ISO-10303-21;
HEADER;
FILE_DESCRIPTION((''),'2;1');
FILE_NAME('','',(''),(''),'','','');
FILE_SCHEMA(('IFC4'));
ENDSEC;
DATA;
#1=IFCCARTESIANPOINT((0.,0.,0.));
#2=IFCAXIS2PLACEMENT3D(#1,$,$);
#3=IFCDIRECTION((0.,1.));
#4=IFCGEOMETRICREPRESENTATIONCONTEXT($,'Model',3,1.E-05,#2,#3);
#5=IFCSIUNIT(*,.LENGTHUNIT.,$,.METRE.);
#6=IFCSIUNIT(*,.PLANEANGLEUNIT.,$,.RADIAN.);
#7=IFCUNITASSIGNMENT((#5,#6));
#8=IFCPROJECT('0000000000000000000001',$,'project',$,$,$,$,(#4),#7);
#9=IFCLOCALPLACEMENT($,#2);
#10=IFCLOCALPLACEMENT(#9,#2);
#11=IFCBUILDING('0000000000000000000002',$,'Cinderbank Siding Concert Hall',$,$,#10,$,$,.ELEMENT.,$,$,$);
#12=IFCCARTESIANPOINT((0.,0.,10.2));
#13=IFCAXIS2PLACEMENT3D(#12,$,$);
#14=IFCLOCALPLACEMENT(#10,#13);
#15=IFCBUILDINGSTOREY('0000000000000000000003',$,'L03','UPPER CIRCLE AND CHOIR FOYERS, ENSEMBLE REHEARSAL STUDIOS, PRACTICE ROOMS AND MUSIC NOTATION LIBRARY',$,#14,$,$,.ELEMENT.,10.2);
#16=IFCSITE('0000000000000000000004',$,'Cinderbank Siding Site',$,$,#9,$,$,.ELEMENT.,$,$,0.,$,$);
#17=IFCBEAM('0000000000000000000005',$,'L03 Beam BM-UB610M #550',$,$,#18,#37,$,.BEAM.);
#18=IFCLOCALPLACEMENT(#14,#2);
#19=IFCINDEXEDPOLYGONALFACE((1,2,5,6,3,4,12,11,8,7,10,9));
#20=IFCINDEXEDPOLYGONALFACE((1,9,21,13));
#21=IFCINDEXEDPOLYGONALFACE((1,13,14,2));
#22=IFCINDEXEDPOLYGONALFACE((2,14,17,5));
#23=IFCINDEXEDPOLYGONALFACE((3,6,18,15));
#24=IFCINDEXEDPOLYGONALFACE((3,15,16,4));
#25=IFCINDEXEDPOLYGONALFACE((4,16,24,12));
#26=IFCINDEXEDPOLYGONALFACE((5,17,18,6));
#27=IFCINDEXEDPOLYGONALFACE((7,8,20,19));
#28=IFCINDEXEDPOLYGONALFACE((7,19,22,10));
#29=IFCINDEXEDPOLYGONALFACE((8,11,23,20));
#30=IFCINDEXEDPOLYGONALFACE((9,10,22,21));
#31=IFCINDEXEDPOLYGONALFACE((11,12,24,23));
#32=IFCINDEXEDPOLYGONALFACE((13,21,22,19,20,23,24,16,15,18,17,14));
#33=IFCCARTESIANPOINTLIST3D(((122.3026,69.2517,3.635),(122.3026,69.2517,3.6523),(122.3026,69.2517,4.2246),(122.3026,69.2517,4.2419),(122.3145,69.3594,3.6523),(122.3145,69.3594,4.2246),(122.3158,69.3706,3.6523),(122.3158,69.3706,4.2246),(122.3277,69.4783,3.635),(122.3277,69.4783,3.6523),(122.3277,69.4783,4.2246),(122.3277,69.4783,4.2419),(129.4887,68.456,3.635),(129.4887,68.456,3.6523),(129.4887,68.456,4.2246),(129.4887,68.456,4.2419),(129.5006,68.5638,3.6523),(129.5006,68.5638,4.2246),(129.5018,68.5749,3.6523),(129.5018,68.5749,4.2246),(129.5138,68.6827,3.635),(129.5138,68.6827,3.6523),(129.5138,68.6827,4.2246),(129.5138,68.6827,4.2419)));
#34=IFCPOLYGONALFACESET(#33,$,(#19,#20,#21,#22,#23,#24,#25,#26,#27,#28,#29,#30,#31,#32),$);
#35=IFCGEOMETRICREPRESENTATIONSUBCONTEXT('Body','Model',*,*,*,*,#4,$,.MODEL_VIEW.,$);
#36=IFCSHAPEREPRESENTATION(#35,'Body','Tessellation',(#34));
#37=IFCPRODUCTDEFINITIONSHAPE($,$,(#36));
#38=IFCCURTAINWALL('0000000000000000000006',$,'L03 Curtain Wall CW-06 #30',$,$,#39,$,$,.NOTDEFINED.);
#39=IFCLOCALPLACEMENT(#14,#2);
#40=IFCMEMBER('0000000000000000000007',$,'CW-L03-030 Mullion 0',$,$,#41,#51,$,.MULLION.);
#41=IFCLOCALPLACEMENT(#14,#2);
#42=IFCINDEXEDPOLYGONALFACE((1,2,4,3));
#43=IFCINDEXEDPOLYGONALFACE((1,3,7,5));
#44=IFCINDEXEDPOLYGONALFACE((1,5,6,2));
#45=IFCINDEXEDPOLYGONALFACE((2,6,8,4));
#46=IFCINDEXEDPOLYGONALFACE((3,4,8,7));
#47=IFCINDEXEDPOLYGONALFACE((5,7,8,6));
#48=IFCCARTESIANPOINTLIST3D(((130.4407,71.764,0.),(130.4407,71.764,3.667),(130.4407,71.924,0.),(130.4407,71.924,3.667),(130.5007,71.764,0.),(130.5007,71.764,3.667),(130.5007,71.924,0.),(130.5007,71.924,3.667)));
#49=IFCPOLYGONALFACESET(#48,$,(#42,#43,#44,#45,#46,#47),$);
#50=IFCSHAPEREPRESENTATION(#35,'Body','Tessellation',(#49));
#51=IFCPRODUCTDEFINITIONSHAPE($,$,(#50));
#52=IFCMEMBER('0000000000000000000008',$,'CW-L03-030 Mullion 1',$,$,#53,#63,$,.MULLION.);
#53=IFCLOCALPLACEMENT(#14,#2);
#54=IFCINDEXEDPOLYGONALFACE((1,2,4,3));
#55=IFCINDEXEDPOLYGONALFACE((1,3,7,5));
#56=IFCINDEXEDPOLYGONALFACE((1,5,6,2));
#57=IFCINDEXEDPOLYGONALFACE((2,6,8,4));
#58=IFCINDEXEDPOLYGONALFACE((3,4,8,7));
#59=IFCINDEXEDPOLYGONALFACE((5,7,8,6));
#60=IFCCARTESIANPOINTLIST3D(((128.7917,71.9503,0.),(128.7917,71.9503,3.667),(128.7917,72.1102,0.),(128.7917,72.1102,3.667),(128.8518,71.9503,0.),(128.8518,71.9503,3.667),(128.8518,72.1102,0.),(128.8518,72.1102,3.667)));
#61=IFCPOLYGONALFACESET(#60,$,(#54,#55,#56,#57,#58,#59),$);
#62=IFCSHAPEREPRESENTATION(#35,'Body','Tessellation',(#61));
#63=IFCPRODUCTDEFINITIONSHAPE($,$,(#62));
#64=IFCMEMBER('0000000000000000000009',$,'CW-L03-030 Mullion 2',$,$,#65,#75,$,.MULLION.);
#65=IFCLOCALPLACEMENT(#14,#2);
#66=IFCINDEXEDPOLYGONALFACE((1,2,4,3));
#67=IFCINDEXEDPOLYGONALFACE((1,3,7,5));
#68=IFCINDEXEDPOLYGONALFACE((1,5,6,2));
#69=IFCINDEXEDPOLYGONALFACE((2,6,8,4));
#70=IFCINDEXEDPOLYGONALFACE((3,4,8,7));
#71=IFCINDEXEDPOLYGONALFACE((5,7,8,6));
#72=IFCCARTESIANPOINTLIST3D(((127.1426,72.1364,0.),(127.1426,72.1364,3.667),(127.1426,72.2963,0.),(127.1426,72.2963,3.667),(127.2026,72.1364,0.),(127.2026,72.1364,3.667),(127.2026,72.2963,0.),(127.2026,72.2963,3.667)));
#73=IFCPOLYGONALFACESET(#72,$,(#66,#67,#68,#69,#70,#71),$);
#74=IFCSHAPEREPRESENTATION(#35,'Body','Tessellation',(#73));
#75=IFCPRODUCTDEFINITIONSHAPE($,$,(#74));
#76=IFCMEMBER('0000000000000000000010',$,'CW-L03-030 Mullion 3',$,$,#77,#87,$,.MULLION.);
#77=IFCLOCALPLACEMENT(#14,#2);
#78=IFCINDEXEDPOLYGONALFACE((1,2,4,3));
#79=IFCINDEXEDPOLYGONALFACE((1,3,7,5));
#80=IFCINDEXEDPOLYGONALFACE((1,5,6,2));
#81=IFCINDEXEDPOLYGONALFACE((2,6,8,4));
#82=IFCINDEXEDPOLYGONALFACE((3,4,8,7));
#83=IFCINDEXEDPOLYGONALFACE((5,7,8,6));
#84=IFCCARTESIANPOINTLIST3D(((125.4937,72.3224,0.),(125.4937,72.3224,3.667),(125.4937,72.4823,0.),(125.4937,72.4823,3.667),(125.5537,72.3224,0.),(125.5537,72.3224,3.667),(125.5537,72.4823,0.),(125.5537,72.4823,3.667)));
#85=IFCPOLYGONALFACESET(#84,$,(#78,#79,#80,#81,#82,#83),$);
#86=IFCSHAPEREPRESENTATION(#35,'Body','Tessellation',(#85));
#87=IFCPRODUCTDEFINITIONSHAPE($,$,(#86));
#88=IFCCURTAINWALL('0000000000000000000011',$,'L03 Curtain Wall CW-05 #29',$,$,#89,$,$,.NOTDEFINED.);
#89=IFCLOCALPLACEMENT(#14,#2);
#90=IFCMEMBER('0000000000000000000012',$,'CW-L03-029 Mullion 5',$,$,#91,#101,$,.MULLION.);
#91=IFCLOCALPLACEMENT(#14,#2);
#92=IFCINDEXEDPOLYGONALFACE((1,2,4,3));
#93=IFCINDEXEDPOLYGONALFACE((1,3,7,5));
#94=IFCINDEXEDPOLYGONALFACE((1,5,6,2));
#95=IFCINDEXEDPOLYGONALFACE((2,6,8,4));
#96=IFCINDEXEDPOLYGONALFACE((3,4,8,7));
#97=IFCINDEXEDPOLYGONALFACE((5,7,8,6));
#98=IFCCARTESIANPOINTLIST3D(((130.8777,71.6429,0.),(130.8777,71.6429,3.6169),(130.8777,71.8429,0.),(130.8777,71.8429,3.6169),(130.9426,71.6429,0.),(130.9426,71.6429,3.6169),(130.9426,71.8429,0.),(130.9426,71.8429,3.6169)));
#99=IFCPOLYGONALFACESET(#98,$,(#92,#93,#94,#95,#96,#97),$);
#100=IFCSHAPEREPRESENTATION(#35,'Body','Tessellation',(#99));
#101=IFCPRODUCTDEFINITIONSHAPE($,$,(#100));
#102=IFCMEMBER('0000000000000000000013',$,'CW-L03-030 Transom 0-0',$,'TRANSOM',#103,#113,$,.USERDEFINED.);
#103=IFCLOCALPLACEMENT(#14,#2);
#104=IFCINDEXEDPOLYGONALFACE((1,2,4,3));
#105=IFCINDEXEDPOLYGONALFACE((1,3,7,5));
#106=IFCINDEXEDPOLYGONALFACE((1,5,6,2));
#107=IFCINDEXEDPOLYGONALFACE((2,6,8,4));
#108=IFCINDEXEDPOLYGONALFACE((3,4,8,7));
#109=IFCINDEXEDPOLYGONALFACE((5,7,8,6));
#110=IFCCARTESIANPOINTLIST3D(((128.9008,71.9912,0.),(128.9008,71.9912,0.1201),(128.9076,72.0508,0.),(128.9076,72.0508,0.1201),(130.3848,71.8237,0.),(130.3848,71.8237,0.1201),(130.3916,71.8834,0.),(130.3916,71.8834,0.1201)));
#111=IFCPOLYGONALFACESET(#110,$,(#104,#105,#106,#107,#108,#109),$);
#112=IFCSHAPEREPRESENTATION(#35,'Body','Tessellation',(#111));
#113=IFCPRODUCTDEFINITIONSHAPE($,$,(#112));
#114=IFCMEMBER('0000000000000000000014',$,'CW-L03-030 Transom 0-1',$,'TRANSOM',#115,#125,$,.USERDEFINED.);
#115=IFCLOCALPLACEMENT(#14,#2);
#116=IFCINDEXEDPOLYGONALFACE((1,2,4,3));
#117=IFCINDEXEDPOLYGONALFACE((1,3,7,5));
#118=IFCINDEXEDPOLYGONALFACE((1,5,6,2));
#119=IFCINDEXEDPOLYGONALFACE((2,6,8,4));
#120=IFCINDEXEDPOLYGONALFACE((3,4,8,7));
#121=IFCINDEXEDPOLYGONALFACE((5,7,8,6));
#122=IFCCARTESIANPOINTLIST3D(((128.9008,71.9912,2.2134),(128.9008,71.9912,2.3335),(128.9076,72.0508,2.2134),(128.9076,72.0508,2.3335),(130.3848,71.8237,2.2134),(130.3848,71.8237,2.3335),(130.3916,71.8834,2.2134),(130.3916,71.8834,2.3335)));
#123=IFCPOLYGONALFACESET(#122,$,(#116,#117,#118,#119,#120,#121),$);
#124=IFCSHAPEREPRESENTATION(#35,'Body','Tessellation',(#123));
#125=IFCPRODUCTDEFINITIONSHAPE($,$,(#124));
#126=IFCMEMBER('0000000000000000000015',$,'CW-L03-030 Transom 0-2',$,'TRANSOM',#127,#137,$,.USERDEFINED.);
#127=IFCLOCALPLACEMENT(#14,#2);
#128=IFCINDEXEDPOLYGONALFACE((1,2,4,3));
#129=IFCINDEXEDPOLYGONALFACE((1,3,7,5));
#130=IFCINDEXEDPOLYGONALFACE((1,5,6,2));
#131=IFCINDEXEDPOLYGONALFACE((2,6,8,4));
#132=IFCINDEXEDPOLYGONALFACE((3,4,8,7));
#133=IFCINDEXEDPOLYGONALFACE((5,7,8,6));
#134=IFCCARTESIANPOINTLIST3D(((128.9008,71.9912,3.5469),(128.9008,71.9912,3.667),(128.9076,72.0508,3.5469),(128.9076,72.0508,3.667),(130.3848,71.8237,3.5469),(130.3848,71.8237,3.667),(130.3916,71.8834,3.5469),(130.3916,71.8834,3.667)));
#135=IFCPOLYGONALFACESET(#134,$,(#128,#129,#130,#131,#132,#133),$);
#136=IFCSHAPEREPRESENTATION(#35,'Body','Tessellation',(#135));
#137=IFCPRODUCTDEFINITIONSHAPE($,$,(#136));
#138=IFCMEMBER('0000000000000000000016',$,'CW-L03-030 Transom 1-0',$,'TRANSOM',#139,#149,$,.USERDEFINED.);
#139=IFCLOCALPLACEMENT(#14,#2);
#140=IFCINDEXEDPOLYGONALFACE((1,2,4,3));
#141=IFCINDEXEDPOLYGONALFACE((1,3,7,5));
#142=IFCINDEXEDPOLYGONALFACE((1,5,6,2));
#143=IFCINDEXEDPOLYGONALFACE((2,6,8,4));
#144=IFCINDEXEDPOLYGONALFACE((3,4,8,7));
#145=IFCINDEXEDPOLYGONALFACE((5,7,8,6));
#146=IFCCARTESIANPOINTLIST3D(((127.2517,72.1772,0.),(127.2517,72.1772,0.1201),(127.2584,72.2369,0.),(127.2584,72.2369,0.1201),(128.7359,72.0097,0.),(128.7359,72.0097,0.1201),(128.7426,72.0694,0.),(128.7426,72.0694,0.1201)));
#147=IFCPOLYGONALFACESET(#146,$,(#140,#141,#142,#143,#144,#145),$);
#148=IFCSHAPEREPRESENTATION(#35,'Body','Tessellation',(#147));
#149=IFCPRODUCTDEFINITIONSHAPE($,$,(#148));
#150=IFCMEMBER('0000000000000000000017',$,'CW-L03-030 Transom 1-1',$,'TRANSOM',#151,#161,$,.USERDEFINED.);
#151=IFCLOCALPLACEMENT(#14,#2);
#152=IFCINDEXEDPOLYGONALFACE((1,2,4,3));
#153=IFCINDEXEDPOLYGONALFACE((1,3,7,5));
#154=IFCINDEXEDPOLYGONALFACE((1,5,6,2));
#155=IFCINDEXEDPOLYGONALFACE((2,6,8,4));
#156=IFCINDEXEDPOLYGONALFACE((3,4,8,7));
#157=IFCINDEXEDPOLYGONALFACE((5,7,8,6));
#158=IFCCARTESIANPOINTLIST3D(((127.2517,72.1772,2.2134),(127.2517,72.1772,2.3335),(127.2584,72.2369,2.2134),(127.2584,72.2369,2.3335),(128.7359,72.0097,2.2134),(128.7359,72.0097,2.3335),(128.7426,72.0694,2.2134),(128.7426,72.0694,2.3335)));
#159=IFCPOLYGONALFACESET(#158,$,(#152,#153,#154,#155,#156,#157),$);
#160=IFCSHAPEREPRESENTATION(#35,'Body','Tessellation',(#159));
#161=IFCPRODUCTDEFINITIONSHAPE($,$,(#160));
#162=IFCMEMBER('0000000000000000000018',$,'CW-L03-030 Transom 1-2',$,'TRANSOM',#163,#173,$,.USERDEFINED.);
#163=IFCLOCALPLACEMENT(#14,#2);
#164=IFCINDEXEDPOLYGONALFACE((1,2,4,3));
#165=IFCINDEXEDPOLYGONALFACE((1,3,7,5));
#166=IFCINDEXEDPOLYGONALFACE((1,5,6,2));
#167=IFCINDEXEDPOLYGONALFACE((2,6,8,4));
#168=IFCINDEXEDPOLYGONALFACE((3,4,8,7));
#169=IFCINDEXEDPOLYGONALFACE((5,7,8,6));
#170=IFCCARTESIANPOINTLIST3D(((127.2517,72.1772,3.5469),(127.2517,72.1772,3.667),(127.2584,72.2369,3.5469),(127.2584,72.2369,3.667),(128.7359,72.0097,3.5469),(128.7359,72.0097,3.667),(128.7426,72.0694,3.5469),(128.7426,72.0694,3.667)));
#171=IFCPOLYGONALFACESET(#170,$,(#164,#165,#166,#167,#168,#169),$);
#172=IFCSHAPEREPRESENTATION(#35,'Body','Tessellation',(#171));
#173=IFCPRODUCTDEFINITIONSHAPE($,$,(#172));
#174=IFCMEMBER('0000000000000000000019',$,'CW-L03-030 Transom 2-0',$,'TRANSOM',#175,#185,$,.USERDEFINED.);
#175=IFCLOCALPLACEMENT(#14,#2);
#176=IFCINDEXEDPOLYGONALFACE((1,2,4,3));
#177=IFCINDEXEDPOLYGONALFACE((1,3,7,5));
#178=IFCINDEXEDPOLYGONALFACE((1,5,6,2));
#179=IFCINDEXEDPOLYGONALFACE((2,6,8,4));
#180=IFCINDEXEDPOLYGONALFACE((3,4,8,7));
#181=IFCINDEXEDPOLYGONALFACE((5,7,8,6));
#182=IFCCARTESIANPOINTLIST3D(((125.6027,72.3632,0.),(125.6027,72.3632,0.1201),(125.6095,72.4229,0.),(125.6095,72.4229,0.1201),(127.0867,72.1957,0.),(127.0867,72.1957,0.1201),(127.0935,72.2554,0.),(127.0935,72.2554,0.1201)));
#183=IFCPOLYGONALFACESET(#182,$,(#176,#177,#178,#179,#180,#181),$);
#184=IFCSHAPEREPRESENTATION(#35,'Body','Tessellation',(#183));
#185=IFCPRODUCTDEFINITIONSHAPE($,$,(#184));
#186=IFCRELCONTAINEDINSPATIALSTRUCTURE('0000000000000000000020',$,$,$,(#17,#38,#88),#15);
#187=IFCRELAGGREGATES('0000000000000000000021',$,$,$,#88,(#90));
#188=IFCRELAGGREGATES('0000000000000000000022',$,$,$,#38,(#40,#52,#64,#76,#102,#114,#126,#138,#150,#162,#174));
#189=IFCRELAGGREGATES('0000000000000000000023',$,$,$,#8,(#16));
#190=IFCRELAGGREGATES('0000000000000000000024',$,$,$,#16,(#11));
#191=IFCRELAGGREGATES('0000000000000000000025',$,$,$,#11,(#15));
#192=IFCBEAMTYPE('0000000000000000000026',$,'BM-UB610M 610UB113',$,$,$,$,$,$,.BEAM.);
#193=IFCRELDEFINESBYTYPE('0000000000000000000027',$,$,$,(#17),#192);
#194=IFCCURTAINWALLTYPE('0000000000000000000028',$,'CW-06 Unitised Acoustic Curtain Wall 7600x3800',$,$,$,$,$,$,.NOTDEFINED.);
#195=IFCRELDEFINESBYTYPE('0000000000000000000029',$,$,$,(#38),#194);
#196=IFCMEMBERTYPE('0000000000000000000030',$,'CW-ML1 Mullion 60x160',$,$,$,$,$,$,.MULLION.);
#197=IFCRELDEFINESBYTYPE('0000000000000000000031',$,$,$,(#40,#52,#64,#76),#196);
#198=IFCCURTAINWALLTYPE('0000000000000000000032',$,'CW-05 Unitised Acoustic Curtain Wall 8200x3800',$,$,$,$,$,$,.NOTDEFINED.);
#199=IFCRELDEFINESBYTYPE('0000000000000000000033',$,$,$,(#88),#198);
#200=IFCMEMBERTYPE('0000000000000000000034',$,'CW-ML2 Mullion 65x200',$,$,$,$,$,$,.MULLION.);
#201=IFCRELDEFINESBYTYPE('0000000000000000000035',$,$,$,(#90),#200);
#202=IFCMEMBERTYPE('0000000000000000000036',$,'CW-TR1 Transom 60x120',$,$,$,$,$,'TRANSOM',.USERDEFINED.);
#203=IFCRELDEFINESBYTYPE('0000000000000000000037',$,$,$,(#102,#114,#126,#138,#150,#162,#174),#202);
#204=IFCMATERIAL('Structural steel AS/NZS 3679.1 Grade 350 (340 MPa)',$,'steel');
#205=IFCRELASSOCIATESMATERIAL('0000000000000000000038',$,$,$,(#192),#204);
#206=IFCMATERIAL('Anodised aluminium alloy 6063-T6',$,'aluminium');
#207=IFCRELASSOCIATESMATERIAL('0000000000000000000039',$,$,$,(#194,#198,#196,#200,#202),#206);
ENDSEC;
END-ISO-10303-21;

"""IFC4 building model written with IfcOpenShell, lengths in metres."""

from ifc_helpers import new_model, si_unit, direction, frame, origin, origin_2d, place, context, subcontext, project, spatial, rectangle, i_section, extrude, material, material_profile, profile_set, type_object, element, aggregate, save


model = new_model("IFC4")

# Units and contexts
model_context = context("Model", 3, precision=1e-05, world=origin(), true_north=direction((0.0, 1.0)))
body_context = subcontext(model_context, "Body", "Model", "MODEL_VIEW")
ifc_project = project(units=[si_unit("LENGTHUNIT", "METRE"), si_unit("PLANEANGLEUNIT", "RADIAN")], contexts=[model_context])

# Site, building, storey
site_placement = place(None, origin())
site = spatial("IfcSite", under=ifc_project, at=site_placement, Name="Cinderbank Siding Site", CompositionType="ELEMENT", RefElevation=0.0)
building_placement = place(site_placement, origin())
building = spatial("IfcBuilding", under=site, at=building_placement, Name="Cinderbank Siding Concert Hall", CompositionType="ELEMENT")
storey_placement = place(building_placement, frame((0.0, 0.0, 10.2)))
storey = spatial("IfcBuildingStorey", under=building, at=storey_placement, Name="L03", Description="UPPER CIRCLE AND CHOIR FOYERS, ENSEMBLE REHEARSAL STUDIOS, PRACTICE ROOMS AND MUSIC NOTATION LIBRARY", CompositionType="ELEMENT", Elevation=10.2)

# Beam
ifc_material_1 = material(Name="Structural steel AS/NZS 3679.1 Grade 350 (340 MPa)", Category="steel")
ifc_material_profile_1 = material_profile(ifc_material_1, i_section(OverallWidth=0.228, OverallDepth=0.6069, WebThickness=0.0112, FlangeThickness=0.0173, at=origin_2d()), Name="610UB113", Category="LoadBearing")
ifc_profile_set_1 = profile_set([ifc_material_profile_1], Name="Structural steel AS/NZS 3679.1 Grade 350 (340 MPa)")
beam_type_1 = type_object("IfcBeamType", Name="BM-UB610M 610UB113", PredefinedType="BEAM", material=ifc_profile_set_1)
beam_1_placement = place(storey_placement, frame((129.5012, 68.5693, 3.9385), z_axis=(-0.993926, 0.11005, 0.0), x_axis=(-0.11005, -0.993926, 0.0)))
element("IfcBeam", 1, at=beam_1_placement, inside=storey, type_object=beam_type_1, Name="L03 Beam BM-UB610M #550", PredefinedType="BEAM", context=body_context, shape_type="SweptSolid", body=[
    extrude(i_section(OverallWidth=0.228, OverallDepth=0.6069, WebThickness=0.0112, FlangeThickness=0.0173, at=origin_2d()), origin(), (0.0, 0.0, 1.0), 7.23),
])

# Curtain wall, members
ifc_material_2 = material(Name="Anodised aluminium alloy 6063-T6", Category="aluminium")
curtain_wall_type_1 = type_object("IfcCurtainWallType", Name="CW-06 Unitised Acoustic Curtain Wall 7600x3800", PredefinedType="NOTDEFINED", material=ifc_material_2)
curtain_wall_1_placement = place(storey_placement, origin())
curtain_wall_1 = element("IfcCurtainWall", 2, at=curtain_wall_1_placement, inside=storey, type_object=curtain_wall_type_1, Name="L03 Curtain Wall CW-06 #30", PredefinedType="NOTDEFINED")
ifc_material_profile_2 = material_profile(ifc_material_2, rectangle(XDim=0.0601, YDim=0.1599, at=origin_2d()), Name="ALU-MULL-60x160", Category="LoadBearing")
ifc_profile_set_2 = profile_set([ifc_material_profile_2], Name="Anodised aluminium alloy 6063-T6")
member_type_1 = type_object("IfcMemberType", Name="CW-ML1 Mullion 60x160", PredefinedType="MULLION", material=ifc_profile_set_2)
member_1_placement = place(storey_placement, frame((130.4707, 71.844, 0.0), z_axis=(0.0, 0.0, 1.0), x_axis=(1.0, 0.0, 0.0)))
member_1 = element("IfcMember", 3, at=member_1_placement, type_object=member_type_1, Name="CW-L03-030 Mullion 0", PredefinedType="MULLION", context=body_context, shape_type="SweptSolid", body=[
    extrude(rectangle(XDim=0.0601, YDim=0.1599, at=origin_2d()), origin(), (0.0, 0.0, 1.0), 3.667),
])
member_2_placement = place(storey_placement, frame((128.8218, 72.0303, 0.0), z_axis=(0.0, 0.0, 1.0), x_axis=(1.0, 0.0, 0.0)))
member_2 = element("IfcMember", 4, at=member_2_placement, type_object=member_type_1, Name="CW-L03-030 Mullion 1", PredefinedType="MULLION", context=body_context, shape_type="SweptSolid", body=[
    extrude(rectangle(XDim=0.0601, YDim=0.1599, at=origin_2d()), origin(), (0.0, 0.0, 1.0), 3.667),
])
member_3_placement = place(storey_placement, frame((127.1726, 72.2163, 0.0), z_axis=(0.0, 0.0, 1.0), x_axis=(1.0, 0.0, 0.0)))
member_3 = element("IfcMember", 5, at=member_3_placement, type_object=member_type_1, Name="CW-L03-030 Mullion 2", PredefinedType="MULLION", context=body_context, shape_type="SweptSolid", body=[
    extrude(rectangle(XDim=0.0601, YDim=0.1599, at=origin_2d()), origin(), (0.0, 0.0, 1.0), 3.667),
])
member_4_placement = place(storey_placement, frame((125.5237, 72.4023, 0.0), z_axis=(0.0, 0.0, 1.0), x_axis=(1.0, 0.0, 0.0)))
member_4 = element("IfcMember", 6, at=member_4_placement, type_object=member_type_1, Name="CW-L03-030 Mullion 3", PredefinedType="MULLION", context=body_context, shape_type="SweptSolid", body=[
    extrude(rectangle(XDim=0.0601, YDim=0.1599, at=origin_2d()), origin(), (0.0, 0.0, 1.0), 3.667),
])

# Curtain wall, member
curtain_wall_type_2 = type_object("IfcCurtainWallType", Name="CW-05 Unitised Acoustic Curtain Wall 8200x3800", PredefinedType="NOTDEFINED", material=ifc_material_2)
curtain_wall_2_placement = place(storey_placement, origin())
curtain_wall_2 = element("IfcCurtainWall", 7, at=curtain_wall_2_placement, inside=storey, type_object=curtain_wall_type_2, Name="L03 Curtain Wall CW-05 #29", PredefinedType="NOTDEFINED")
ifc_material_profile_3 = material_profile(ifc_material_2, rectangle(XDim=0.0649, YDim=0.2, at=origin_2d()), Name="ALU-MULL-65x200", Category="LoadBearing")
ifc_profile_set_3 = profile_set([ifc_material_profile_3], Name="Anodised aluminium alloy 6063-T6")
member_type_2 = type_object("IfcMemberType", Name="CW-ML2 Mullion 65x200", PredefinedType="MULLION", material=ifc_profile_set_3)
member_5_placement = place(storey_placement, frame((130.9102, 71.7429, 0.0), z_axis=(0.0, 0.0, 1.0), x_axis=(1.0, 0.0, 0.0)))
member_5 = element("IfcMember", 8, at=member_5_placement, type_object=member_type_2, Name="CW-L03-029 Mullion 5", PredefinedType="MULLION", context=body_context, shape_type="SweptSolid", body=[
    extrude(rectangle(XDim=0.0649, YDim=0.2, at=origin_2d()), origin(), (0.0, 0.0, 1.0), 3.6169),
])

# Members
ifc_material_profile_4 = material_profile(ifc_material_2, rectangle(XDim=0.0601, YDim=0.1201, at=origin_2d()), Name="ALU-TRAN-60x120", Category="LoadBearing")
ifc_profile_set_4 = profile_set([ifc_material_profile_4], Name="Anodised aluminium alloy 6063-T6")
member_type_3 = type_object("IfcMemberType", Name="CW-TR1 Transom 60x120", ElementType="TRANSOM", PredefinedType="USERDEFINED", material=ifc_profile_set_4)
member_6_placement = place(storey_placement, frame((130.3882, 71.8535, 0.0601), z_axis=(-0.993691, 0.112154, 0.0), x_axis=(-0.112154, -0.993691, 0.0)))
member_6 = element("IfcMember", 9, at=member_6_placement, type_object=member_type_3, Name="CW-L03-030 Transom 0-0", ObjectType="TRANSOM", PredefinedType="USERDEFINED", context=body_context, shape_type="SweptSolid", body=[
    extrude(rectangle(XDim=0.0601, YDim=0.1201, at=origin_2d()), origin(), (0.0, 0.0, 1.0), 1.4934),
])
member_7_placement = place(storey_placement, frame((130.3882, 71.8535, 2.2734), z_axis=(-0.993691, 0.112154, 0.0), x_axis=(-0.112154, -0.993691, 0.0)))
member_7 = element("IfcMember", 10, at=member_7_placement, type_object=member_type_3, Name="CW-L03-030 Transom 0-1", ObjectType="TRANSOM", PredefinedType="USERDEFINED", context=body_context, shape_type="SweptSolid", body=[
    extrude(rectangle(XDim=0.0601, YDim=0.1201, at=origin_2d()), origin(), (0.0, 0.0, 1.0), 1.4934),
])
member_8_placement = place(storey_placement, frame((130.3882, 71.8535, 3.6069), z_axis=(-0.993691, 0.112154, 0.0), x_axis=(-0.112154, -0.993691, 0.0)))
member_8 = element("IfcMember", 11, at=member_8_placement, type_object=member_type_3, Name="CW-L03-030 Transom 0-2", ObjectType="TRANSOM", PredefinedType="USERDEFINED", context=body_context, shape_type="SweptSolid", body=[
    extrude(rectangle(XDim=0.0601, YDim=0.1201, at=origin_2d()), origin(), (0.0, 0.0, 1.0), 1.4934),
])
member_9_placement = place(storey_placement, frame((128.7393, 72.0396, 0.0601), z_axis=(-0.993693, 0.112136, 0.0), x_axis=(-0.112136, -0.993693, 0.0)))
member_9 = element("IfcMember", 12, at=member_9_placement, type_object=member_type_3, Name="CW-L03-030 Transom 1-0", ObjectType="TRANSOM", PredefinedType="USERDEFINED", context=body_context, shape_type="SweptSolid", body=[
    extrude(rectangle(XDim=0.0601, YDim=0.1201, at=origin_2d()), origin(), (0.0, 0.0, 1.0), 1.4937),
])
member_10_placement = place(storey_placement, frame((128.7393, 72.0396, 2.2734), z_axis=(-0.993693, 0.112136, 0.0), x_axis=(-0.112136, -0.993693, 0.0)))
member_10 = element("IfcMember", 13, at=member_10_placement, type_object=member_type_3, Name="CW-L03-030 Transom 1-1", ObjectType="TRANSOM", PredefinedType="USERDEFINED", context=body_context, shape_type="SweptSolid", body=[
    extrude(rectangle(XDim=0.0601, YDim=0.1201, at=origin_2d()), origin(), (0.0, 0.0, 1.0), 1.4937),
])
member_11_placement = place(storey_placement, frame((128.7393, 72.0396, 3.6069), z_axis=(-0.993693, 0.112136, 0.0), x_axis=(-0.112136, -0.993693, 0.0)))
member_11 = element("IfcMember", 14, at=member_11_placement, type_object=member_type_3, Name="CW-L03-030 Transom 1-2", ObjectType="TRANSOM", PredefinedType="USERDEFINED", context=body_context, shape_type="SweptSolid", body=[
    extrude(rectangle(XDim=0.0601, YDim=0.1201, at=origin_2d()), origin(), (0.0, 0.0, 1.0), 1.4937),
])
member_12_placement = place(storey_placement, frame((127.0901, 72.2256, 0.0601), z_axis=(-0.993691, 0.112154, 0.0), x_axis=(-0.112154, -0.993691, 0.0)))
member_12 = element("IfcMember", 15, at=member_12_placement, type_object=member_type_3, Name="CW-L03-030 Transom 2-0", ObjectType="TRANSOM", PredefinedType="USERDEFINED", context=body_context, shape_type="SweptSolid", body=[
    extrude(rectangle(XDim=0.0601, YDim=0.1201, at=origin_2d()), origin(), (0.0, 0.0, 1.0), 1.4934),
])

aggregate(curtain_wall_2, [member_5])
aggregate(curtain_wall_1, [member_1, member_2, member_3, member_4, member_6, member_7, member_8, member_9, member_10, member_11, member_12])

save(model, "model.ifc")
